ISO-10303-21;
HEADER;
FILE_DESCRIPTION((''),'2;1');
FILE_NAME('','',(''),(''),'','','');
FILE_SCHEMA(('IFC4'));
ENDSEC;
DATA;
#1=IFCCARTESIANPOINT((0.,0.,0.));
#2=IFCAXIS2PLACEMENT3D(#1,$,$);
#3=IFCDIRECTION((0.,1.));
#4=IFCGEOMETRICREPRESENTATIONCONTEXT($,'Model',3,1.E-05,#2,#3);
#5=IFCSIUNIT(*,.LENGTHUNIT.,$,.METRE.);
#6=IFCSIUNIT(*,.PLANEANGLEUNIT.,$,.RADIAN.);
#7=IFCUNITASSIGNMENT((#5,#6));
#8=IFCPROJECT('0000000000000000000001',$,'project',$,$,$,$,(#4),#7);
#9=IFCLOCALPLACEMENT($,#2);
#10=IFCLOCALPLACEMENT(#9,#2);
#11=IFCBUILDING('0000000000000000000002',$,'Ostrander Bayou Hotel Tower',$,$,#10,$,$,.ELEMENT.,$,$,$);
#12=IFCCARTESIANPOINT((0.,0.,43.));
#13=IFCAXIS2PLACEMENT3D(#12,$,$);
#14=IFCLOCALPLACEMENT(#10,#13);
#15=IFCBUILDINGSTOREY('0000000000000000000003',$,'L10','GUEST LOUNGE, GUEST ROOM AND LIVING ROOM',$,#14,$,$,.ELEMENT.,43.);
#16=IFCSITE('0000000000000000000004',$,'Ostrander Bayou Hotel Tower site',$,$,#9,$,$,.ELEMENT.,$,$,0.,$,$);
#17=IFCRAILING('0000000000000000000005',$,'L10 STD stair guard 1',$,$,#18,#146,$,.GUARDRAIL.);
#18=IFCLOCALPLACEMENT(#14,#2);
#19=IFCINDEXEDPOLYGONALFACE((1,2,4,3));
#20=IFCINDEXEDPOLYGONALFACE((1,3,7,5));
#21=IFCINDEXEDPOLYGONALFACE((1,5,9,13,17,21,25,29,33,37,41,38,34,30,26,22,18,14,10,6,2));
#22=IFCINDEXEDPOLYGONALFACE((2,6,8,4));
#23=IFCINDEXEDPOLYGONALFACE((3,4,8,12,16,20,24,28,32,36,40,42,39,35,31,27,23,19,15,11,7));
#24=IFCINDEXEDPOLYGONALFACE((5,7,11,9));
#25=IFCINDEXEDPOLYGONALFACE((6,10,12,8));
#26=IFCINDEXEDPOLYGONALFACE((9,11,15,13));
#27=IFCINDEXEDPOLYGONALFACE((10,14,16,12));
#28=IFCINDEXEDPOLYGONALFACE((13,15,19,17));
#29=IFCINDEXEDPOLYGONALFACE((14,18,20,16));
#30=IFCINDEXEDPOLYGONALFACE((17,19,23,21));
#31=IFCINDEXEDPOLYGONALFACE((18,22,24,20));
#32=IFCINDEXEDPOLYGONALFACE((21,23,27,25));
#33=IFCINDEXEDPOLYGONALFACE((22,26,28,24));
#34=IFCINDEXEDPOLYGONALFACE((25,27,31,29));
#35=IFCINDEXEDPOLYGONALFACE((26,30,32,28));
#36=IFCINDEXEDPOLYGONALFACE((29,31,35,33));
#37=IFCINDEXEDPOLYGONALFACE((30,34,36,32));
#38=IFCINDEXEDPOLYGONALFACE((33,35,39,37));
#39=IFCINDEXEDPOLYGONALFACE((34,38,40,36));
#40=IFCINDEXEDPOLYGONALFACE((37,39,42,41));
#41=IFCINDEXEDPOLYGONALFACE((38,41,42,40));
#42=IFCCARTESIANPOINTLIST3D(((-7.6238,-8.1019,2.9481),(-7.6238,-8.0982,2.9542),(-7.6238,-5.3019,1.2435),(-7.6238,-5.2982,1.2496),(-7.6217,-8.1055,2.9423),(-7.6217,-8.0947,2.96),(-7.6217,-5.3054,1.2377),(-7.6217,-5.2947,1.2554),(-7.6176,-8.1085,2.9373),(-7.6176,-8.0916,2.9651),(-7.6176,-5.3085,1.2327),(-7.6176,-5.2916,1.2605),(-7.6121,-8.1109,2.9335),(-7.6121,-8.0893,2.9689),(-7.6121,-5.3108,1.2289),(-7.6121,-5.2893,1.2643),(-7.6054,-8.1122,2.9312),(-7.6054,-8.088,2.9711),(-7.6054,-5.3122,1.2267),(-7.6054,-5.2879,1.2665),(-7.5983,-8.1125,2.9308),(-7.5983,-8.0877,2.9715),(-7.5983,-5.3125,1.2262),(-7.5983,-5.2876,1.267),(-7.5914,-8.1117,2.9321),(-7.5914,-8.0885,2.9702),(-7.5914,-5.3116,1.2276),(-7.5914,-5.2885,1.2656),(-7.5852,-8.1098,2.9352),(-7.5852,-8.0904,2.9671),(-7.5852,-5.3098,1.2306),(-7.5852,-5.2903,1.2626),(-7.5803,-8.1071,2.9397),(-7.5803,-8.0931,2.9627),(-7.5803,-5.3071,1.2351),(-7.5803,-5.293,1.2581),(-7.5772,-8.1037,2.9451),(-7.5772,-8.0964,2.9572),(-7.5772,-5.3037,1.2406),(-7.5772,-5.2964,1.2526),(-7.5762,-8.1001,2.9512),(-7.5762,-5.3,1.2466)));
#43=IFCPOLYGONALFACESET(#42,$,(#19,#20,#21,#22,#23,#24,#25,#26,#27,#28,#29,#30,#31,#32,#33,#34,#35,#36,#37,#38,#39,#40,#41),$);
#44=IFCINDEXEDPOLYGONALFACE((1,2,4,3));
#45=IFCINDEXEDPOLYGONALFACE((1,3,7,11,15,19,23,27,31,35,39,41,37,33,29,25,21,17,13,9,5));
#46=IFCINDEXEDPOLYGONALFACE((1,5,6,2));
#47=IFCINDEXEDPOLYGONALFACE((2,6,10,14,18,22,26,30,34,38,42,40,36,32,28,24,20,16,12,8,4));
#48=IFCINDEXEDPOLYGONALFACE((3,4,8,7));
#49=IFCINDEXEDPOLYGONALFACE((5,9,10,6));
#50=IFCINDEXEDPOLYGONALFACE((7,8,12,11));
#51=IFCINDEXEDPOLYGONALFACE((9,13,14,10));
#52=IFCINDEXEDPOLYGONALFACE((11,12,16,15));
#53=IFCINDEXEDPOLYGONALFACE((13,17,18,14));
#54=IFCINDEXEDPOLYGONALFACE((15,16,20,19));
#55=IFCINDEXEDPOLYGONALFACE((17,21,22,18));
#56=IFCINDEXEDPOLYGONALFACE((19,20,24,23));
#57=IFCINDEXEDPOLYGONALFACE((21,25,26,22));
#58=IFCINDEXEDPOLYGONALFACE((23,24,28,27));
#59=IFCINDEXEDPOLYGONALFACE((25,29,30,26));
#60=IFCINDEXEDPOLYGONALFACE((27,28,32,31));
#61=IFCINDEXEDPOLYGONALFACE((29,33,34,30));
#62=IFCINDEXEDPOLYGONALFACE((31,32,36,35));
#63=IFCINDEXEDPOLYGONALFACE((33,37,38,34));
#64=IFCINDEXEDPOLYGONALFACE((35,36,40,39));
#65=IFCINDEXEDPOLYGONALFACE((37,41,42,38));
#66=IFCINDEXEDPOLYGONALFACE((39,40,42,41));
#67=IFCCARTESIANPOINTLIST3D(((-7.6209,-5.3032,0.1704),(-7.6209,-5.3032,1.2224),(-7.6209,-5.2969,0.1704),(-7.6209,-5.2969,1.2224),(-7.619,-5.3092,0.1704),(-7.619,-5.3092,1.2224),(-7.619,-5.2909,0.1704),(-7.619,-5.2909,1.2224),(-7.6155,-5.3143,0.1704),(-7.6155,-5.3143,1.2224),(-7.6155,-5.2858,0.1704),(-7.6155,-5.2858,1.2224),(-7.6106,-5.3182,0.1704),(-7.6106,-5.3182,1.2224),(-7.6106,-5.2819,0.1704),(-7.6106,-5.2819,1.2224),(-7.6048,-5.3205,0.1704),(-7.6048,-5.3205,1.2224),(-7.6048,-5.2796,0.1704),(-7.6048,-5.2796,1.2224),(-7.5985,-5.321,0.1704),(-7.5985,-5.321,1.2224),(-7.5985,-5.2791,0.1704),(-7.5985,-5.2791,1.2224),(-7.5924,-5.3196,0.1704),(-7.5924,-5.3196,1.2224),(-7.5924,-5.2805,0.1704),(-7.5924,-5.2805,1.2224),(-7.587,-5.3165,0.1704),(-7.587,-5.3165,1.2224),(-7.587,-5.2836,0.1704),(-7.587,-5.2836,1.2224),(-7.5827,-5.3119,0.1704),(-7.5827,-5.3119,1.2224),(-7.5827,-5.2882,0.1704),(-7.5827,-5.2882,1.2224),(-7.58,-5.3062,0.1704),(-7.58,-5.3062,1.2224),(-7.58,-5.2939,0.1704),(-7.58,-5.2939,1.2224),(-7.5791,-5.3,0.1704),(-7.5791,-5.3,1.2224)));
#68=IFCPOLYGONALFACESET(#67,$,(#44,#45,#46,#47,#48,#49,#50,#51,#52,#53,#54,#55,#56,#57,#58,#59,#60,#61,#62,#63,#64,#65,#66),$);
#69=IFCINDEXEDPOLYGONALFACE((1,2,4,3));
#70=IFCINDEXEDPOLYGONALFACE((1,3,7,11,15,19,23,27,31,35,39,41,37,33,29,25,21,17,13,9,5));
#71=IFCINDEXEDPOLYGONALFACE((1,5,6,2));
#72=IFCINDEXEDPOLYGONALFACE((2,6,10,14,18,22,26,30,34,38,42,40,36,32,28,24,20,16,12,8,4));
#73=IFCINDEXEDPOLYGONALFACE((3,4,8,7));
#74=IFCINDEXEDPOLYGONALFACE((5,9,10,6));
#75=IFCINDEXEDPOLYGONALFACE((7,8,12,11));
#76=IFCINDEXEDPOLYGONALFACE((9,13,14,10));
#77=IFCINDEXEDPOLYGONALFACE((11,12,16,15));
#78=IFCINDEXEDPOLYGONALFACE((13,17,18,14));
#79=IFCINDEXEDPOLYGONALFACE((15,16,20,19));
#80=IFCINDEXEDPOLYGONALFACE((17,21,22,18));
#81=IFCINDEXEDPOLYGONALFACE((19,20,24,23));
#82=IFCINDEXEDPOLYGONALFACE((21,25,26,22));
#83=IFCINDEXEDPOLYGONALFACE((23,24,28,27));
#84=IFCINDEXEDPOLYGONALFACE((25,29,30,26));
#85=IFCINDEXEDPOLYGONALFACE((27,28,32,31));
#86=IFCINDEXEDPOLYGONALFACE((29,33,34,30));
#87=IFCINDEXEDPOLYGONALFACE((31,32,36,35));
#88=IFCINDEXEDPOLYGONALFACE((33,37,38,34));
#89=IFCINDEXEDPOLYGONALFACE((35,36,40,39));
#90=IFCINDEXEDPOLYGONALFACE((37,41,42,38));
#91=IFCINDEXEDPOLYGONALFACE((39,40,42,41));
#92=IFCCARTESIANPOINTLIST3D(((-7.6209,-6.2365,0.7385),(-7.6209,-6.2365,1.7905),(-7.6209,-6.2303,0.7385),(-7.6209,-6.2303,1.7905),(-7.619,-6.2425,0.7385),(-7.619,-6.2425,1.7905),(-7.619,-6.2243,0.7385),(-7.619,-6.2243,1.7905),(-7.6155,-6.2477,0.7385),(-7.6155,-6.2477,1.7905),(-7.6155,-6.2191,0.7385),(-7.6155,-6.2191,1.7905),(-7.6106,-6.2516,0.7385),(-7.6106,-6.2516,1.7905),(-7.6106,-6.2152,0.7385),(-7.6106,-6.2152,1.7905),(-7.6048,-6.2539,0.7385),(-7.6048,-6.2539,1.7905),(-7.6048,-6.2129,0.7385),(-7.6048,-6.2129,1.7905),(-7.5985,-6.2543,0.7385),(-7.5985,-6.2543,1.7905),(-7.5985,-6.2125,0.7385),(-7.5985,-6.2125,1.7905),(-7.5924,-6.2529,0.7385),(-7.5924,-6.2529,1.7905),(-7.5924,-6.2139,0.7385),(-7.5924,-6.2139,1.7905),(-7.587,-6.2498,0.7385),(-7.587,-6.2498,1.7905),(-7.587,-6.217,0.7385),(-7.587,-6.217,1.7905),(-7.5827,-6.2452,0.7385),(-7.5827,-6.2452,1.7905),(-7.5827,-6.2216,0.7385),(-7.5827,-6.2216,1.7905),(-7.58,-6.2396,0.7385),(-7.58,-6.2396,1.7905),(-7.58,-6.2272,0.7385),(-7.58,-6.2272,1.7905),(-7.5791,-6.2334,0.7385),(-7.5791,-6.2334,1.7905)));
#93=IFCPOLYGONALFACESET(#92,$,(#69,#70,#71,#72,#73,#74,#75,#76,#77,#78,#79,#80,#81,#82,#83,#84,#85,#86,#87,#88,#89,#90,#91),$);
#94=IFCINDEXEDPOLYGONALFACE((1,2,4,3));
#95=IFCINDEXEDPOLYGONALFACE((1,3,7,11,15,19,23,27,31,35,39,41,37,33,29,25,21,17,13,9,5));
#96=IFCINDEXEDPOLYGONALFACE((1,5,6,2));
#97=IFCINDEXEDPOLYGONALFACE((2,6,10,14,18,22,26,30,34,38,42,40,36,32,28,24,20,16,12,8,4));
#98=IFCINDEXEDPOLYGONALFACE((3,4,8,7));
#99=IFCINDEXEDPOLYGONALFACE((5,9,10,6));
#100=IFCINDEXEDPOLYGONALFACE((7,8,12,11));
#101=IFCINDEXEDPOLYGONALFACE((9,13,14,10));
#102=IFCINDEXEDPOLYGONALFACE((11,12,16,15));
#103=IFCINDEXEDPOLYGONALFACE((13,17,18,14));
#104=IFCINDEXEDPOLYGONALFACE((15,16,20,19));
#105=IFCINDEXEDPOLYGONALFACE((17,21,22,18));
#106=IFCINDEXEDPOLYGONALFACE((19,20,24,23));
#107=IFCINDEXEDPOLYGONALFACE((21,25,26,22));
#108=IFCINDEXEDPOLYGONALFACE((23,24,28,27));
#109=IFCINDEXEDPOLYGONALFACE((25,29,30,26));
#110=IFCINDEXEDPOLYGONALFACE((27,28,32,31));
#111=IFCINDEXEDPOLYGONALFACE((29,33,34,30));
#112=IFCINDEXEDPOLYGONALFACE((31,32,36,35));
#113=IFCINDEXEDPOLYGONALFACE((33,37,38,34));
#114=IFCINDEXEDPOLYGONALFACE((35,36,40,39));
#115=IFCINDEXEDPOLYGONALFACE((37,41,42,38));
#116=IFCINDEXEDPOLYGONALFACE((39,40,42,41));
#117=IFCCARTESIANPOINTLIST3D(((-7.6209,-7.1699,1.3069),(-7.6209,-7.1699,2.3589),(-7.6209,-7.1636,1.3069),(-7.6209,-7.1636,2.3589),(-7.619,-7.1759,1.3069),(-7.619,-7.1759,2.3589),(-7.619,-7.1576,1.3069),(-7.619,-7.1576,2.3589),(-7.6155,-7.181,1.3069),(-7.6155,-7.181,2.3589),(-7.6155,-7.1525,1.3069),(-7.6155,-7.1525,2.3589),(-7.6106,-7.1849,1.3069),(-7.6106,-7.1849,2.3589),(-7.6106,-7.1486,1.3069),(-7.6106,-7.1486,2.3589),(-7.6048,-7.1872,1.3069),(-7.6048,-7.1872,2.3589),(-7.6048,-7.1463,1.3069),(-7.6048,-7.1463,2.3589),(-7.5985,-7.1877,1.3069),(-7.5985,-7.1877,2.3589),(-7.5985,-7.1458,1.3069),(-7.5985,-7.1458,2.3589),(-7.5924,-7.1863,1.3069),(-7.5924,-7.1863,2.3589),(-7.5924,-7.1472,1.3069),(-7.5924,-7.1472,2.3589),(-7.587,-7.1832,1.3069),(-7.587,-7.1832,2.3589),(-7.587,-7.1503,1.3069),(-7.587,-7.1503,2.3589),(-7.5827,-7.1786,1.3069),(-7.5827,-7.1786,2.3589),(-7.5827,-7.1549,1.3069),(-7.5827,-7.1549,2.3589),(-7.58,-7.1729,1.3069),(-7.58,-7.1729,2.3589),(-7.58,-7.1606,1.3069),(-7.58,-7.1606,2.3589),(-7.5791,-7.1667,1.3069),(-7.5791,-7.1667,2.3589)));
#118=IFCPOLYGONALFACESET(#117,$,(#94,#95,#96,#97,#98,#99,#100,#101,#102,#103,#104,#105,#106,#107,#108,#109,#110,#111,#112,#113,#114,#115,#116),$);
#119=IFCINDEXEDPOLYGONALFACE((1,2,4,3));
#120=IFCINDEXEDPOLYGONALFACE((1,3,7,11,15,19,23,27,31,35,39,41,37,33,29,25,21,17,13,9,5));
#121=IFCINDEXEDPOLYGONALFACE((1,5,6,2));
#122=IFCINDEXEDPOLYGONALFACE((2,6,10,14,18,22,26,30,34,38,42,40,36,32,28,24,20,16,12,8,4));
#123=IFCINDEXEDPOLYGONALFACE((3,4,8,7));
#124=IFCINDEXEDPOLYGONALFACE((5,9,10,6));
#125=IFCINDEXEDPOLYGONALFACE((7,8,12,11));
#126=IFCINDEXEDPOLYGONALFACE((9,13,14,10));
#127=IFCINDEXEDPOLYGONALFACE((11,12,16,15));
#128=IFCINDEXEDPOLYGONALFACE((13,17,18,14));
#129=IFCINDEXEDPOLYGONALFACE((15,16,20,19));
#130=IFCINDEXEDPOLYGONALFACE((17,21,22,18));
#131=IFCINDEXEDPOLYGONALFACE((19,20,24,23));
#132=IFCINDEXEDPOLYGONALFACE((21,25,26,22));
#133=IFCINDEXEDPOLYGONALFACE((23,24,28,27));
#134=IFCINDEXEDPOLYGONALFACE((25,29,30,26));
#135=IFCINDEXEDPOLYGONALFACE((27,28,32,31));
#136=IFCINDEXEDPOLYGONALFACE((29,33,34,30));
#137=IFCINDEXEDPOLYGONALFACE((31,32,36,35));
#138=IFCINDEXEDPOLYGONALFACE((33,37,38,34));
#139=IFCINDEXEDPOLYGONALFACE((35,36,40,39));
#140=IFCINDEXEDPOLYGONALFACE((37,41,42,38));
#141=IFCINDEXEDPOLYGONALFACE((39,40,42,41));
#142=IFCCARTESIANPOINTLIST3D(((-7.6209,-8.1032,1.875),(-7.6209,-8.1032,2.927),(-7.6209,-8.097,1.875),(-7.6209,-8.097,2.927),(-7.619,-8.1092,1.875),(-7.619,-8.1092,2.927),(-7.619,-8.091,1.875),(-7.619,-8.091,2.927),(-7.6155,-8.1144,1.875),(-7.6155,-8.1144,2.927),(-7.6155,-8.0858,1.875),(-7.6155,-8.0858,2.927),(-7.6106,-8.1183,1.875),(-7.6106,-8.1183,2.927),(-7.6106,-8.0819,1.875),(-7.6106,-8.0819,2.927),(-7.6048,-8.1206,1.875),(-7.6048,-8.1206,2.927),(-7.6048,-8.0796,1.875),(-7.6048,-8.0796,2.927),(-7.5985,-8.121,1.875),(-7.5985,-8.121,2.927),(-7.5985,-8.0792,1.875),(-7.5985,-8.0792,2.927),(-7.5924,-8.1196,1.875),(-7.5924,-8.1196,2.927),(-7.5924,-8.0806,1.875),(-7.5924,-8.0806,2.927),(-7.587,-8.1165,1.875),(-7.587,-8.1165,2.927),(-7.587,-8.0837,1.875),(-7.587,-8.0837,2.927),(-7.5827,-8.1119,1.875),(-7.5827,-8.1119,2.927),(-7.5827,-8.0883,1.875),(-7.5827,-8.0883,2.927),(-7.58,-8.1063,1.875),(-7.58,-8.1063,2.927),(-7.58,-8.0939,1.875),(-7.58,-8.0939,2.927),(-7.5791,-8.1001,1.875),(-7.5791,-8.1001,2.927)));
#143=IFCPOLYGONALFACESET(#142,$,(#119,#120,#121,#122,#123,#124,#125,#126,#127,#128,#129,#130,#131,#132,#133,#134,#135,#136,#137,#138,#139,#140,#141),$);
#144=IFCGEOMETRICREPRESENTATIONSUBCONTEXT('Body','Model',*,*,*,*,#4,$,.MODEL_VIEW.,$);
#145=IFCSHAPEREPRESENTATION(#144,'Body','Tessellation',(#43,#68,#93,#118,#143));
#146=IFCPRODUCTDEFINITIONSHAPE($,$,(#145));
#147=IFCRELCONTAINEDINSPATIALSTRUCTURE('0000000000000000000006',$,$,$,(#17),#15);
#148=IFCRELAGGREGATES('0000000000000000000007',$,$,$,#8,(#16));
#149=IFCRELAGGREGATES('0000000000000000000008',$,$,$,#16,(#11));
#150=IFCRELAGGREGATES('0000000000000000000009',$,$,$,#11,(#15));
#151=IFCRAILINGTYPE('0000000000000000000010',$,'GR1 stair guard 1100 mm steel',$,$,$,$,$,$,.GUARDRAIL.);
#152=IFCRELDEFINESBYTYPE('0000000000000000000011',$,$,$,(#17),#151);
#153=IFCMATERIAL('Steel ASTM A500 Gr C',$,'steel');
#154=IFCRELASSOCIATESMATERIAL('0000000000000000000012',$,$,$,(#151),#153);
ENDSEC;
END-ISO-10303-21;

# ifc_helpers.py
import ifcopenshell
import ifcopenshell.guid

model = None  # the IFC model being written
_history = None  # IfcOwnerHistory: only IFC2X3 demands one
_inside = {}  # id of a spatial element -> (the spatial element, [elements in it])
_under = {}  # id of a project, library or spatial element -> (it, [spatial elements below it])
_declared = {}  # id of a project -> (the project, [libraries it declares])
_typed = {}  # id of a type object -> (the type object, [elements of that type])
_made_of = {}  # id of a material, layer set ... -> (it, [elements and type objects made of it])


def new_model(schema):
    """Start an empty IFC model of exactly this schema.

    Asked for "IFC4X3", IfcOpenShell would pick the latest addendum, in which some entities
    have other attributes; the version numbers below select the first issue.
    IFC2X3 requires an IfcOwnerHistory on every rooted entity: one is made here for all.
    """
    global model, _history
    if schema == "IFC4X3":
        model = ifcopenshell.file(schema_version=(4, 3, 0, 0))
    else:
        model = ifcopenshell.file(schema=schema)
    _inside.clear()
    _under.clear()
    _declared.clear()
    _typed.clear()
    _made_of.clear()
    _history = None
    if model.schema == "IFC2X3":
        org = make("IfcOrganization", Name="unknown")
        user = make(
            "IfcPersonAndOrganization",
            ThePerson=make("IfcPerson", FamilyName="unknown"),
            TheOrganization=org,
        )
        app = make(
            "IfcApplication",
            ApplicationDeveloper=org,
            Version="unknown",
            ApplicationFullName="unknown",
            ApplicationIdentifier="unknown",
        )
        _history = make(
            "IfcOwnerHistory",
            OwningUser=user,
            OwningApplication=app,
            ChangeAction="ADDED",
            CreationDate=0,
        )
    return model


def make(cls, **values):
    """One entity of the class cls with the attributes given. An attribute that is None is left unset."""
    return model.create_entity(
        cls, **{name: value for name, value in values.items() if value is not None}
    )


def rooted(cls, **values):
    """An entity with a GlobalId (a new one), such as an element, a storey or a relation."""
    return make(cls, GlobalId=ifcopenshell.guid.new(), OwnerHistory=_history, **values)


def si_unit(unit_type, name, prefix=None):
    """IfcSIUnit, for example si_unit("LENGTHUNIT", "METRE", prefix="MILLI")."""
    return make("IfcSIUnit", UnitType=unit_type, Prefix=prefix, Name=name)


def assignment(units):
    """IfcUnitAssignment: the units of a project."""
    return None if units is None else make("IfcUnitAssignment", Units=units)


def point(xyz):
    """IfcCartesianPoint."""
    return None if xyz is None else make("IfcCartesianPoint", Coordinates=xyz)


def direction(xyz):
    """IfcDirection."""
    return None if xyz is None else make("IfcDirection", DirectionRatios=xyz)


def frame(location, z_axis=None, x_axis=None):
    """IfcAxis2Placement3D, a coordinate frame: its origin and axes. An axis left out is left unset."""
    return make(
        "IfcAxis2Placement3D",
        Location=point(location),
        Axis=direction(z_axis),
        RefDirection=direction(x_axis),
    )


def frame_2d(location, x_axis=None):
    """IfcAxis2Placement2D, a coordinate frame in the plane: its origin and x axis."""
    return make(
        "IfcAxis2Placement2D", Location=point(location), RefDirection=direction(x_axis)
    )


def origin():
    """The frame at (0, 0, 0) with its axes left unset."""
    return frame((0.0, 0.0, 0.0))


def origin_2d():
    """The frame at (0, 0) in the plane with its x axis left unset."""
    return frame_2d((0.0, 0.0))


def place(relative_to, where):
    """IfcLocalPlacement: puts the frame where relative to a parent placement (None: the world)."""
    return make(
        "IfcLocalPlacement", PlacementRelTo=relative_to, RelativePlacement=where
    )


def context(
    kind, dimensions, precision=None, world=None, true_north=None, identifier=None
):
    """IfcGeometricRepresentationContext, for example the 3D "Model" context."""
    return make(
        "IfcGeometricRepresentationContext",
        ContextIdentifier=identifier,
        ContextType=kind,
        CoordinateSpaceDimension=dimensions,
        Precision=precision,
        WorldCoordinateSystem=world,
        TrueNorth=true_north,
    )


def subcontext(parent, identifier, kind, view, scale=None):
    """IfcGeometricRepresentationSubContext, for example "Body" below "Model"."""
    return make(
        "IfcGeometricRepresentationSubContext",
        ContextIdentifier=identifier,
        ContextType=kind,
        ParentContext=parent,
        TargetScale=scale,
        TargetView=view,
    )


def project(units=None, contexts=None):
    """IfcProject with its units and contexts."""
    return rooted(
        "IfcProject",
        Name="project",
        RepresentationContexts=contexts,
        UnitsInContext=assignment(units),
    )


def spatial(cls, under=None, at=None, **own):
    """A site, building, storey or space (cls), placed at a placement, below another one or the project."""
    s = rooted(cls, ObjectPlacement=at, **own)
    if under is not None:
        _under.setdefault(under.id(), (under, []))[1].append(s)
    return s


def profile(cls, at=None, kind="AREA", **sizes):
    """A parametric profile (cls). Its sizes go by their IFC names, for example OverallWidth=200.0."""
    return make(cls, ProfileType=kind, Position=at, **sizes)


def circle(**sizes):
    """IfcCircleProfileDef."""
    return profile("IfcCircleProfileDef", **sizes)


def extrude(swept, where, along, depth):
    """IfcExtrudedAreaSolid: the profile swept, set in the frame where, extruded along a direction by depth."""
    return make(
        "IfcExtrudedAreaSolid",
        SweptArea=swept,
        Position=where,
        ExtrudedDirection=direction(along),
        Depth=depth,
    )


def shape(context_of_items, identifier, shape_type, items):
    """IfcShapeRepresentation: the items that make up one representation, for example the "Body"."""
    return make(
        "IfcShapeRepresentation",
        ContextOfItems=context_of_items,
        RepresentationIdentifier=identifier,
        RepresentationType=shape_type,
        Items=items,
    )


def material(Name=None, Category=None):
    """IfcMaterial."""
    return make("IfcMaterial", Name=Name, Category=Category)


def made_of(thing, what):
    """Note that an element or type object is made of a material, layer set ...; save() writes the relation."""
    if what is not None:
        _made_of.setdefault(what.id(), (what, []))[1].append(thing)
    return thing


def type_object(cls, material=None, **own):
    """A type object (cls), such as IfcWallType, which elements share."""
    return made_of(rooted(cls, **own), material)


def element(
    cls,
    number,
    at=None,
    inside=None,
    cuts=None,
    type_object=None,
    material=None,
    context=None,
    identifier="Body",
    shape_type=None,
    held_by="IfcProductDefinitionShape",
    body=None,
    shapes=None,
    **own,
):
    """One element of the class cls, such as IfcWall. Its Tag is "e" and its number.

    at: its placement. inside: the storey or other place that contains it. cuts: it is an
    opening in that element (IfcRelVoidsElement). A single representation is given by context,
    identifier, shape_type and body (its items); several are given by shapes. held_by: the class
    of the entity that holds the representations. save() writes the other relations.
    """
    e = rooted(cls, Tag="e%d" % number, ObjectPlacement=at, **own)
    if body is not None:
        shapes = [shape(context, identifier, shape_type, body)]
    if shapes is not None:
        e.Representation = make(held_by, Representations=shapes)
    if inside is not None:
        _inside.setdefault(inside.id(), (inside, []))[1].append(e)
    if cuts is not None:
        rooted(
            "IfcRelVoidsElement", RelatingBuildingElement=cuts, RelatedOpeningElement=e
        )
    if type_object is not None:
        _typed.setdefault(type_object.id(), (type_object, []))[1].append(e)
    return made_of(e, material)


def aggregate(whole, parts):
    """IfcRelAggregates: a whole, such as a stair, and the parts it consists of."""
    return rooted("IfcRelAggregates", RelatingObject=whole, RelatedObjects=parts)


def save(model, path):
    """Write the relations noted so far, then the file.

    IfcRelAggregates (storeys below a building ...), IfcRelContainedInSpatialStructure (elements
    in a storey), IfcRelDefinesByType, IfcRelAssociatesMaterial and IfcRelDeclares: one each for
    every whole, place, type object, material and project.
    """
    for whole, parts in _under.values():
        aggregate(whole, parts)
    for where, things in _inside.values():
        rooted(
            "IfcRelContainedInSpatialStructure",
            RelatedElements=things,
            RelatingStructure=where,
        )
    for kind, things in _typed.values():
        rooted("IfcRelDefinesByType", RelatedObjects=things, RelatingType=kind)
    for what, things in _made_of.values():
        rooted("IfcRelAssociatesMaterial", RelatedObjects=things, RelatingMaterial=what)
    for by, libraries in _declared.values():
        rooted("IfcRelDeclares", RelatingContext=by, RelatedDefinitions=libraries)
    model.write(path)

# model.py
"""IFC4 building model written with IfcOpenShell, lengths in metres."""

from ifc_helpers import new_model, si_unit, direction, frame, origin, origin_2d, place, context, subcontext, project, spatial, circle, extrude, material, type_object, element, save


model = new_model("IFC4")

# Units and contexts
model_context = context("Model", 3, precision=1e-05, world=origin(), true_north=direction((0.0, 1.0)))
body_context = subcontext(model_context, "Body", "Model", "MODEL_VIEW")
ifc_project = project(units=[si_unit("LENGTHUNIT", "METRE"), si_unit("PLANEANGLEUNIT", "RADIAN")], contexts=[model_context])

# Site, building, storey
site_placement = place(None, origin())
site = spatial("IfcSite", under=ifc_project, at=site_placement, Name="Ostrander Bayou Hotel Tower site", CompositionType="ELEMENT", RefElevation=0.0)
building_placement = place(site_placement, origin())
building = spatial("IfcBuilding", under=site, at=building_placement, Name="Ostrander Bayou Hotel Tower", CompositionType="ELEMENT")
storey_placement = place(building_placement, frame((0.0, 0.0, 43.0)))
storey = spatial("IfcBuildingStorey", under=building, at=storey_placement, Name="L10", Description="GUEST LOUNGE, GUEST ROOM AND LIVING ROOM", CompositionType="ELEMENT", Elevation=43.0)

# Railing
ifc_material_1 = material(Name="Steel ASTM A500 Gr C", Category="steel")
railing_type_1 = type_object("IfcRailingType", Name="GR1 stair guard 1100 mm steel", PredefinedType="GUARDRAIL", material=ifc_material_1)
railing_1_placement = place(storey_placement, frame((-7.6001, -5.3, 0.1704)))
element("IfcRailing", 1, at=railing_1_placement, inside=storey, type_object=railing_type_1, Name="L10 STD stair guard 1", PredefinedType="GUARDRAIL", context=body_context, shape_type="SweptSolid", body=[
    extrude(circle(Radius=0.0239, at=origin_2d()), frame((0.0, 0.0, 1.0762), z_axis=(0.0, -0.85417, 0.519994), x_axis=(1.0, 0.0, 0.0)), (0.0, 0.0, 1.0), 3.2781),
    extrude(circle(Radius=0.021, at=origin_2d()), origin(), (0.0, 0.0, 1.0), 1.052),
    extrude(circle(Radius=0.021, at=origin_2d()), frame((0.0, -0.9333, 0.5681)), (0.0, 0.0, 1.0), 1.052),
    extrude(circle(Radius=0.021, at=origin_2d()), frame((0.0, -1.8667, 1.1365)), (0.0, 0.0, 1.0), 1.052),
    extrude(circle(Radius=0.021, at=origin_2d()), frame((0.0, -2.8, 1.7046)), (0.0, 0.0, 1.0), 1.052),
])

save(model, "model.ifc")
